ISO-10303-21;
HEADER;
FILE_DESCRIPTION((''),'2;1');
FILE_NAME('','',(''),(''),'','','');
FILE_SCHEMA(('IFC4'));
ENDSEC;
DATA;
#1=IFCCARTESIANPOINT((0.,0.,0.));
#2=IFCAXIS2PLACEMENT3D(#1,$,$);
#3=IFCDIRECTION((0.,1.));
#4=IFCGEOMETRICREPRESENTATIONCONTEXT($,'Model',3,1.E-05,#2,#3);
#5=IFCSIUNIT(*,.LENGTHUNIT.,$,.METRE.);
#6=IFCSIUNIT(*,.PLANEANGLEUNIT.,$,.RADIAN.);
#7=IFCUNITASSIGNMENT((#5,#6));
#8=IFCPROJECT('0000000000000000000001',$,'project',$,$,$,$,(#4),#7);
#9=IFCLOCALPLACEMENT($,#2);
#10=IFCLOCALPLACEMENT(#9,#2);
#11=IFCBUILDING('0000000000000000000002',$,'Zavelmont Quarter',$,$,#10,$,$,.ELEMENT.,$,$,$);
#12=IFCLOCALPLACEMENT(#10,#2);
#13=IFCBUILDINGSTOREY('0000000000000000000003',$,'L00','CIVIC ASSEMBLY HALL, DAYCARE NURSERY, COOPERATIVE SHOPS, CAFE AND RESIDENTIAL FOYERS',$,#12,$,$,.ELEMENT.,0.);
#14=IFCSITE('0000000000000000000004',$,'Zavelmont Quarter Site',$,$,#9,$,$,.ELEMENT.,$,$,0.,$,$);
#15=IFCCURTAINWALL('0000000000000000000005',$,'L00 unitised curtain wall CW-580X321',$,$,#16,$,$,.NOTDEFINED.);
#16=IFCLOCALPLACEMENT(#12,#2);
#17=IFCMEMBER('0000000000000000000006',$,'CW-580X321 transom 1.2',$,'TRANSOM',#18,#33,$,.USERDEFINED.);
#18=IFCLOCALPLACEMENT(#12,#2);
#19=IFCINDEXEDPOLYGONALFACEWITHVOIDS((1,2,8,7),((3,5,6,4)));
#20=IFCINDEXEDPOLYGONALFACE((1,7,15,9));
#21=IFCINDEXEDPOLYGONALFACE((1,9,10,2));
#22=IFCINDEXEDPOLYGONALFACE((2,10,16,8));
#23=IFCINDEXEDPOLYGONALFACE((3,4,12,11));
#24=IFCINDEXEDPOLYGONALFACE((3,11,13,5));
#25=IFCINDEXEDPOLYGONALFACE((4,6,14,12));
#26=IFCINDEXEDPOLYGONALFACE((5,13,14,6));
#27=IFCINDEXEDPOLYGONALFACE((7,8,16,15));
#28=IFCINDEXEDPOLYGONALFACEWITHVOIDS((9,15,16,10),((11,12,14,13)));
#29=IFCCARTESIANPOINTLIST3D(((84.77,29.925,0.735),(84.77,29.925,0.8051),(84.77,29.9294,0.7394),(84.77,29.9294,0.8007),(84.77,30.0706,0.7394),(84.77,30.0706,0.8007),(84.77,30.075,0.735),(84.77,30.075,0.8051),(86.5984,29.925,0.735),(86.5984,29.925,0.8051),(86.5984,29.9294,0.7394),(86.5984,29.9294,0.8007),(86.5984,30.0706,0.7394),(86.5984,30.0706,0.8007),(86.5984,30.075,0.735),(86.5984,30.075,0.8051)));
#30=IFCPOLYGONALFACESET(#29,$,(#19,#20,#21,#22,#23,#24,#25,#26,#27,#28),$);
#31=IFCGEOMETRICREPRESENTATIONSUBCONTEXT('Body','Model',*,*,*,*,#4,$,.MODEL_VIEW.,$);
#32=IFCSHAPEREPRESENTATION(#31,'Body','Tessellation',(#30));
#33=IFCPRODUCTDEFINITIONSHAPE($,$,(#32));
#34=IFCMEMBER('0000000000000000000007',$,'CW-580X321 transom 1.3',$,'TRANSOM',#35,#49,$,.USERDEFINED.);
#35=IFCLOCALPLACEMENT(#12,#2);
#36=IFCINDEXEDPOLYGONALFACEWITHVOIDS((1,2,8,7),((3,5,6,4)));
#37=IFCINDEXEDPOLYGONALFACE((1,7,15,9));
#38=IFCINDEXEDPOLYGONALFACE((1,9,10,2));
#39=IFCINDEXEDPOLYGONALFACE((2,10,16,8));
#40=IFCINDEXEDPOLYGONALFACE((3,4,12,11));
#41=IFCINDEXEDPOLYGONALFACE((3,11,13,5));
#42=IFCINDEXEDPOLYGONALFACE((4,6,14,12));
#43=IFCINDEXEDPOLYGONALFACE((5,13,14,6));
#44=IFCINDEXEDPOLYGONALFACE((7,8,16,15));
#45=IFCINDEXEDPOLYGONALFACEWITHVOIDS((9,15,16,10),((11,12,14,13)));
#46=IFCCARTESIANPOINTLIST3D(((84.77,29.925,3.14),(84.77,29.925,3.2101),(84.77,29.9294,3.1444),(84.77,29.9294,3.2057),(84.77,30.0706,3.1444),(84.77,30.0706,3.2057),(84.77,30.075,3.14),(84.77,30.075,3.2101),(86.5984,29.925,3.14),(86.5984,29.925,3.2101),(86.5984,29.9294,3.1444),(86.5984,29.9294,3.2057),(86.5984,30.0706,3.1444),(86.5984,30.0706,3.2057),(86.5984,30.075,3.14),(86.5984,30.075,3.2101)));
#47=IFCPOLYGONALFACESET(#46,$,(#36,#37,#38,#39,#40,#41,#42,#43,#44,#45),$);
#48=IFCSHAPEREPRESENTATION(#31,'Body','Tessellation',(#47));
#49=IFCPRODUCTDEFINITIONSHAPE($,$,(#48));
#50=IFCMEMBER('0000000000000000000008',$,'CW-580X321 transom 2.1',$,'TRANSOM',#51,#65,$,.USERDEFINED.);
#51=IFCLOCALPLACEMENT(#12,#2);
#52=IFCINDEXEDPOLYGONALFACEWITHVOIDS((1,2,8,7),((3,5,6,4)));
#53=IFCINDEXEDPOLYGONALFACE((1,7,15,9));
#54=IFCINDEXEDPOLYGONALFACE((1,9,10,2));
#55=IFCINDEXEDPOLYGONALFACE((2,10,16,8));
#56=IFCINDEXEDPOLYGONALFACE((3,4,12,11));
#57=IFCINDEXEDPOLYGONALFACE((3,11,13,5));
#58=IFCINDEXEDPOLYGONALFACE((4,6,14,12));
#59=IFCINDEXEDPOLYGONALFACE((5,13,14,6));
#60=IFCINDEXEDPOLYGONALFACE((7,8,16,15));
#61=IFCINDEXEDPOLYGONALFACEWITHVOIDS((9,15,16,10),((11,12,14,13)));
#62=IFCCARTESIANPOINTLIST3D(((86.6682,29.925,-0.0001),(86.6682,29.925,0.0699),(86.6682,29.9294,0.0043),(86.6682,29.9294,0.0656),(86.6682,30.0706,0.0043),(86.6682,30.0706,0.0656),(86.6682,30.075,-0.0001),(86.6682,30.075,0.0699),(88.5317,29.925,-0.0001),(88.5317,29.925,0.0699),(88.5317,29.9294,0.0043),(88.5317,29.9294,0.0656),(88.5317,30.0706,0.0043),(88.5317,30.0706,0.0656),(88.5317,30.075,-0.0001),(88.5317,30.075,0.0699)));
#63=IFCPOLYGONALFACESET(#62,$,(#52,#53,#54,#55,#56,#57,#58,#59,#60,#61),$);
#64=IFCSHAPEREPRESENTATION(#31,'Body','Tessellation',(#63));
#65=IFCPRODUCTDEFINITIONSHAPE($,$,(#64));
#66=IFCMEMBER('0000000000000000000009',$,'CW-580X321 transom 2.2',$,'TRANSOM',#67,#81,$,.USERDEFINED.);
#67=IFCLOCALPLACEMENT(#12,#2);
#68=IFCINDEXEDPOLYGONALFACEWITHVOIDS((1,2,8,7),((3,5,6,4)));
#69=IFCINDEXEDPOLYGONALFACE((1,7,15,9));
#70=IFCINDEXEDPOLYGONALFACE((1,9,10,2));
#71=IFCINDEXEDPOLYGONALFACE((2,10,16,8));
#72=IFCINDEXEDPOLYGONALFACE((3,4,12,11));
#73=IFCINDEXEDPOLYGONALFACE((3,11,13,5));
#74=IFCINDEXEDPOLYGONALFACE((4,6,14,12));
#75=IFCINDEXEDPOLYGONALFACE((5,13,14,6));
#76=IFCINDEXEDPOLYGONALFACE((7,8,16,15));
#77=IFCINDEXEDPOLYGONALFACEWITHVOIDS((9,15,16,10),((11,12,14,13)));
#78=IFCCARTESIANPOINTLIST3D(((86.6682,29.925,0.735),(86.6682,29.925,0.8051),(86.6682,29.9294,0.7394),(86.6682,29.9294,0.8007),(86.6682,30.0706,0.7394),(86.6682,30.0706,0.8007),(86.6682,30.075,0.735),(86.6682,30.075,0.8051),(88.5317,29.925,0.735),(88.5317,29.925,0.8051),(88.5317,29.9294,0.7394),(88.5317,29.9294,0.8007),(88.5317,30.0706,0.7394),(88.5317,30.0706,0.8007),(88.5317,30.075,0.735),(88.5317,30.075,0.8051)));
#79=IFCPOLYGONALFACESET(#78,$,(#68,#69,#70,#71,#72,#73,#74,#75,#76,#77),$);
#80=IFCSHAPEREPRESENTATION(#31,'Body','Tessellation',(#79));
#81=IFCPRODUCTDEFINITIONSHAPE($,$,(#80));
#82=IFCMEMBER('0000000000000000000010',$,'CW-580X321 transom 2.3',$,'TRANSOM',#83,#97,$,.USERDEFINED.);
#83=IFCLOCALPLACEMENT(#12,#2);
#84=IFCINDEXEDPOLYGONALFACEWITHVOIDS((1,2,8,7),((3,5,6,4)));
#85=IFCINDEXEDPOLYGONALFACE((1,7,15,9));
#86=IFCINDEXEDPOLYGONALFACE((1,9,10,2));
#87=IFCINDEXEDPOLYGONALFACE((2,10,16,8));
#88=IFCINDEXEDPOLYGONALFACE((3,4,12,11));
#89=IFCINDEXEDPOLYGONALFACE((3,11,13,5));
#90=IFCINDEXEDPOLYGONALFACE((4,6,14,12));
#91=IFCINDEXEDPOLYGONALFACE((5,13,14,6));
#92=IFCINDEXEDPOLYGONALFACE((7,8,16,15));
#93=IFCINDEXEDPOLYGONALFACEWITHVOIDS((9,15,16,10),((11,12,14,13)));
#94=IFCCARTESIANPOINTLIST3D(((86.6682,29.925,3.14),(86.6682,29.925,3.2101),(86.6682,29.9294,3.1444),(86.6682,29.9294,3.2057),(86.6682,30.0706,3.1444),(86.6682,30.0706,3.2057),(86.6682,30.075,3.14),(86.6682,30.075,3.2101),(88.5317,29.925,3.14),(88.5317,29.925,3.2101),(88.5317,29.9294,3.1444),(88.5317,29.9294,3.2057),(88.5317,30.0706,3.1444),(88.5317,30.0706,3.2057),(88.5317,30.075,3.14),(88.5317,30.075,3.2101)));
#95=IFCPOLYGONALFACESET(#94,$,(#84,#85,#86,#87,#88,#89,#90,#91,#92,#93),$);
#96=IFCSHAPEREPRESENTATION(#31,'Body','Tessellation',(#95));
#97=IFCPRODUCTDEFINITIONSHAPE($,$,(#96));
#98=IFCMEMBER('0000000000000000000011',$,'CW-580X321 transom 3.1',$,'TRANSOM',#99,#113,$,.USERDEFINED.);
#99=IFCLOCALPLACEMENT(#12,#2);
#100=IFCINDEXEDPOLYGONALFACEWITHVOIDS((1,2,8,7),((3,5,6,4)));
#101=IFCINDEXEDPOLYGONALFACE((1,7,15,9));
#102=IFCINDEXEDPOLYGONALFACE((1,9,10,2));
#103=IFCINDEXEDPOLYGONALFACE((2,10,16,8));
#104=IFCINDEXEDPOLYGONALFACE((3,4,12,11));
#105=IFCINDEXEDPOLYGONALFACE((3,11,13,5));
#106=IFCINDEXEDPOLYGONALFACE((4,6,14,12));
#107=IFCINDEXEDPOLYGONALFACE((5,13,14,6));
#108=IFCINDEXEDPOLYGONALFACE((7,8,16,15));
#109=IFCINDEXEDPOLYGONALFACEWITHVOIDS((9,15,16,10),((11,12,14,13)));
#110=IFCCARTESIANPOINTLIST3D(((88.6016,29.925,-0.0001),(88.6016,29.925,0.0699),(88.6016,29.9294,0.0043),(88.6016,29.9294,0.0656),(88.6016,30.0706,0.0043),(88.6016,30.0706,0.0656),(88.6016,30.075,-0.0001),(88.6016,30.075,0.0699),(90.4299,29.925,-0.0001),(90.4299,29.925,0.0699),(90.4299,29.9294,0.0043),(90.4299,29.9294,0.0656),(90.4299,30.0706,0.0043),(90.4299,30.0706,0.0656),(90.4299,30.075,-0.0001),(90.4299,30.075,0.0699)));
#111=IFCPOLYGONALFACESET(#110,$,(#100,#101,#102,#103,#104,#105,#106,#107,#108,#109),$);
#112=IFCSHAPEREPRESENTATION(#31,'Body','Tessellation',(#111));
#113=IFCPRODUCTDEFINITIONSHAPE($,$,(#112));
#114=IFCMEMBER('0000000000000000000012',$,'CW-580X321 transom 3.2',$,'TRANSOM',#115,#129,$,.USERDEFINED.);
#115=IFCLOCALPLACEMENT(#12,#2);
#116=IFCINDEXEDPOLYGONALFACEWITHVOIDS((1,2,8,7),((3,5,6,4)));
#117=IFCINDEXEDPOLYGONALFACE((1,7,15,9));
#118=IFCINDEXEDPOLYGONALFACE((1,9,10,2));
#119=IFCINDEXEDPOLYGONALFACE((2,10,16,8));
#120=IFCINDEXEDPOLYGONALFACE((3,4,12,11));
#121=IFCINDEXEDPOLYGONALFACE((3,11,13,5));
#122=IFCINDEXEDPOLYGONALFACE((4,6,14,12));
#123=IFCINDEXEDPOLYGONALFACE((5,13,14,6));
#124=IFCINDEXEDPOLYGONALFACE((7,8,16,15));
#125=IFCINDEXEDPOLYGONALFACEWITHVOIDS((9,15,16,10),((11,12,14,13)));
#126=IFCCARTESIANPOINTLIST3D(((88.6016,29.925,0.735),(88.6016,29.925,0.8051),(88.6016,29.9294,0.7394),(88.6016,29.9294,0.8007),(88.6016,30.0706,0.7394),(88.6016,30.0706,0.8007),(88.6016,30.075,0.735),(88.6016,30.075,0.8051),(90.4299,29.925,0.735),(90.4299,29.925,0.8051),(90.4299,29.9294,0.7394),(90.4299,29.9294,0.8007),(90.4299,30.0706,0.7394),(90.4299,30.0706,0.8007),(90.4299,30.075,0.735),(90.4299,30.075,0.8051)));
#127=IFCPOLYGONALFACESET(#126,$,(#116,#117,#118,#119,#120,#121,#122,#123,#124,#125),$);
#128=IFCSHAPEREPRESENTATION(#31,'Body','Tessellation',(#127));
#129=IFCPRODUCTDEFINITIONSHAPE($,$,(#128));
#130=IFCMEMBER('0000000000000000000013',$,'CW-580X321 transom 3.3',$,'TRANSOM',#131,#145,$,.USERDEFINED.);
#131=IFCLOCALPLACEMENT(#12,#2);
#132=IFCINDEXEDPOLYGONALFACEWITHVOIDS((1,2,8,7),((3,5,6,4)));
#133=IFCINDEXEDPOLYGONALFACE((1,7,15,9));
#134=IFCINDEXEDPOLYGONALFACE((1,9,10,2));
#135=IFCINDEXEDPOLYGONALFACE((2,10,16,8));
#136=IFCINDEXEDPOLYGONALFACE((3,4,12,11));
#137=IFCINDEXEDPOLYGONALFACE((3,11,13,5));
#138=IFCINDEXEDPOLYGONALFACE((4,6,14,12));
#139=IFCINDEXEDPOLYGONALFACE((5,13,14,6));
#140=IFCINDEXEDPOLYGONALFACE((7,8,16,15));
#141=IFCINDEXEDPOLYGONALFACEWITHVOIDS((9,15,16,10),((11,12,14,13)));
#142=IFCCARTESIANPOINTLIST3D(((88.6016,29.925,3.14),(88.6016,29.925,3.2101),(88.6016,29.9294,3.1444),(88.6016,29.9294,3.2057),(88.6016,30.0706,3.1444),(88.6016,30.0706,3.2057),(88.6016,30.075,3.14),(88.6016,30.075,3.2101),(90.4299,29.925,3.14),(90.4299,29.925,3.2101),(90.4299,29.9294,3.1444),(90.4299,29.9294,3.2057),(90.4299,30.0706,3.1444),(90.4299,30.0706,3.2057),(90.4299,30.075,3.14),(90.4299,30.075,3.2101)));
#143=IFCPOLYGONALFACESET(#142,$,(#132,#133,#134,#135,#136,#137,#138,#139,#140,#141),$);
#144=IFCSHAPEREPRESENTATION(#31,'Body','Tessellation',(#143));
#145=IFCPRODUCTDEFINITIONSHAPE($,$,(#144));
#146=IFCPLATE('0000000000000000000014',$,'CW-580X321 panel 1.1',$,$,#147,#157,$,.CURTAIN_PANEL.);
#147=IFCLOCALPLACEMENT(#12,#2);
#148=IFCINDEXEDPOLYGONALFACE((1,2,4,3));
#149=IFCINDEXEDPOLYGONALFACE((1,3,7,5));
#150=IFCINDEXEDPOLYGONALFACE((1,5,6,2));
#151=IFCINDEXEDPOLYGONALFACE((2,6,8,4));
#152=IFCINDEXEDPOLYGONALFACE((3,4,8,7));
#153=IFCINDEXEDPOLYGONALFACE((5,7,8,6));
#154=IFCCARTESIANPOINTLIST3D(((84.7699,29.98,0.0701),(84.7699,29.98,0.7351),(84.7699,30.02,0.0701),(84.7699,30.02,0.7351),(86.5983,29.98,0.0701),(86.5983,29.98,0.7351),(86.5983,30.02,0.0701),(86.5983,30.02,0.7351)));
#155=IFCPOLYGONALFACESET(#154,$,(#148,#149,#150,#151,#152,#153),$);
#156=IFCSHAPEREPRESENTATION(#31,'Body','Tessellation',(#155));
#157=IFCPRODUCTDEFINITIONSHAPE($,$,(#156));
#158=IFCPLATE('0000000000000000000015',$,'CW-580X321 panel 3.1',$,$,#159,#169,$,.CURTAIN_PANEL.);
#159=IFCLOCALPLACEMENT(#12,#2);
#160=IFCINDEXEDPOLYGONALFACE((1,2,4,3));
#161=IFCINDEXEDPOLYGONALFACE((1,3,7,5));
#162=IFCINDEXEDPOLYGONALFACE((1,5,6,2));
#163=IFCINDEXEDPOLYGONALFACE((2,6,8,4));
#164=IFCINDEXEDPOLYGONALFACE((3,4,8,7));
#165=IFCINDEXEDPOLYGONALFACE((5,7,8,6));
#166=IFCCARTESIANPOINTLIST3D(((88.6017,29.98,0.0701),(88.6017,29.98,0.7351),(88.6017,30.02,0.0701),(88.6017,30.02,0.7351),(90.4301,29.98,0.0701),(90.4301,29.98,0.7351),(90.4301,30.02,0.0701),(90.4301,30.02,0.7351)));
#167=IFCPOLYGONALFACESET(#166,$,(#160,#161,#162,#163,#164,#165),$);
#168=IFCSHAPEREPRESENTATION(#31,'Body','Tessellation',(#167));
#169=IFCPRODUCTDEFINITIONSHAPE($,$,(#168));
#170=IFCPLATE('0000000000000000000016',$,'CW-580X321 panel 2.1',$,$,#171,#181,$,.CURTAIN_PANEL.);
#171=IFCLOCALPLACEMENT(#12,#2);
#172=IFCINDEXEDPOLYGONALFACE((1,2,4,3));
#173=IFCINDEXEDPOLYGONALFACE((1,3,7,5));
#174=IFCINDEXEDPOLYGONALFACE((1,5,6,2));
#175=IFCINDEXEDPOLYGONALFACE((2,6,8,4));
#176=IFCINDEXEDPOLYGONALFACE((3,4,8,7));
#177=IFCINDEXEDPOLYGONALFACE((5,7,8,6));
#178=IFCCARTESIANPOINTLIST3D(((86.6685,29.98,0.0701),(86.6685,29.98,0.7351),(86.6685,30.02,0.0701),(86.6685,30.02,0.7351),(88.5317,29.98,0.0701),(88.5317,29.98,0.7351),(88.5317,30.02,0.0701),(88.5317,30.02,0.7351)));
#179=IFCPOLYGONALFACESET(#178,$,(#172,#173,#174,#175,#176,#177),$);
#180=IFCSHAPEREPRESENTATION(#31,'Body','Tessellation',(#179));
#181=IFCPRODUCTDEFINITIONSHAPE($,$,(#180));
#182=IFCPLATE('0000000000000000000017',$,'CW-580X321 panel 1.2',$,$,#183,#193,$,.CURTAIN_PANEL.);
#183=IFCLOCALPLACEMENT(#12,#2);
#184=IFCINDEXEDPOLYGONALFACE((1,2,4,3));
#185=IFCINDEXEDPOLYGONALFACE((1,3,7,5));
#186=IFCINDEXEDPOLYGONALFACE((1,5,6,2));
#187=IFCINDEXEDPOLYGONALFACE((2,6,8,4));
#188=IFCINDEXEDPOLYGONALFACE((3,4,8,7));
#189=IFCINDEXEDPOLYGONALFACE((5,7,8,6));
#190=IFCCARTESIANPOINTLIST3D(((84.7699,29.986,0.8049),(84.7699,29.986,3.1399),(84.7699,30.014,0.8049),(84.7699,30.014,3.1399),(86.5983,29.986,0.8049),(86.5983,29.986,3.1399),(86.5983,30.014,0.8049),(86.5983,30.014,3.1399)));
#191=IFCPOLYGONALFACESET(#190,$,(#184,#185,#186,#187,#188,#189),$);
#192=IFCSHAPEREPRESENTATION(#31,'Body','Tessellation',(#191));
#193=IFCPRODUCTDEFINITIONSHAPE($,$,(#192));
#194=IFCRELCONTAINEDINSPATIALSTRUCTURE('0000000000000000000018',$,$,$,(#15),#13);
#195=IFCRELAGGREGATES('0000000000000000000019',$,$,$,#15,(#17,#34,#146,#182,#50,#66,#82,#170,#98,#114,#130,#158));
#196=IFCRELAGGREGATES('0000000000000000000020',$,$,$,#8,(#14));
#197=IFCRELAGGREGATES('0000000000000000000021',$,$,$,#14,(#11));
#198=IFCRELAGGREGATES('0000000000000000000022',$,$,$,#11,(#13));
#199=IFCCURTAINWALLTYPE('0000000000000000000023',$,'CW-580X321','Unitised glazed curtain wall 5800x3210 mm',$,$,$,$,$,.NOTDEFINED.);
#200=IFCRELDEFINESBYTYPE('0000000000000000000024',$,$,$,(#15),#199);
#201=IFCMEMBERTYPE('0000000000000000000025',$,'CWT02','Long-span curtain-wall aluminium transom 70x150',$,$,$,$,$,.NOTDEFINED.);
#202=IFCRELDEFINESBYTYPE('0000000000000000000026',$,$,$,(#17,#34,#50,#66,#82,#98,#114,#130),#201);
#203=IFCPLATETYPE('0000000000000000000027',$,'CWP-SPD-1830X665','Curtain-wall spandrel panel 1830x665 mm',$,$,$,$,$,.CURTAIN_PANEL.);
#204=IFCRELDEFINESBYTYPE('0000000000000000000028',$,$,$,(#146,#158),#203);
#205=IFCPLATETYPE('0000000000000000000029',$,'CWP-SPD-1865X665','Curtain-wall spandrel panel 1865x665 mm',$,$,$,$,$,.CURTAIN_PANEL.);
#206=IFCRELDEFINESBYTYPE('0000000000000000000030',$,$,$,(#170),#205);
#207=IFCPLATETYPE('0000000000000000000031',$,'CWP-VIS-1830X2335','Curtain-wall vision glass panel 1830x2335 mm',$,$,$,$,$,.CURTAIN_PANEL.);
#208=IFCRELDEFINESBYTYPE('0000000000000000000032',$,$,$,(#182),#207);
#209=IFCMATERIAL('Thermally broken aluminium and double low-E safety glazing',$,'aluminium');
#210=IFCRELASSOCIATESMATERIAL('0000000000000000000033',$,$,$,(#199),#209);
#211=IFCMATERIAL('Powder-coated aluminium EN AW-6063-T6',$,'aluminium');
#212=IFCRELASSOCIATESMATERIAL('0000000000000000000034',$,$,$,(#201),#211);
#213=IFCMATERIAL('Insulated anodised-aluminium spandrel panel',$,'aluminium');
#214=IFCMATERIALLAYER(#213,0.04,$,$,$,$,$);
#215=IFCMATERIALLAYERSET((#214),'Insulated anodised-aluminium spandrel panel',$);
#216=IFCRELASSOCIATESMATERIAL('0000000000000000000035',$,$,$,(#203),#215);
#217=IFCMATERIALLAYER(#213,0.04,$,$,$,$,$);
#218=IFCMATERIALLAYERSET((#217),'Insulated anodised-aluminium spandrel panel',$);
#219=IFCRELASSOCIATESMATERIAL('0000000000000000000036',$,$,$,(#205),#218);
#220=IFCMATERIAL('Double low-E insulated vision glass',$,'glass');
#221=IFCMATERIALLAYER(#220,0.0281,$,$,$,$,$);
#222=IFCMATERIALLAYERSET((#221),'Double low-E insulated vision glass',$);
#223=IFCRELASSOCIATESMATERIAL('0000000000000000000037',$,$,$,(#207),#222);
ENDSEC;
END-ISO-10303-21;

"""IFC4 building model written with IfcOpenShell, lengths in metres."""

from ifc_helpers import new_model, si_unit, direction, frame, origin, origin_2d, place, context, subcontext, project, spatial, rectangle, hollow_rectangle, extrude, material, layer, layer_set, material_profile, profile_set, type_object, element, aggregate, save


model = new_model("IFC4")

# Units and contexts
model_context = context("Model", 3, precision=1e-05, world=origin(), true_north=direction((0.0, 1.0)))
body_context = subcontext(model_context, "Body", "Model", "MODEL_VIEW")
ifc_project = project(units=[si_unit("LENGTHUNIT", "METRE"), si_unit("PLANEANGLEUNIT", "RADIAN")], contexts=[model_context])

# Site, building, storey
site_placement = place(None, origin())
site = spatial("IfcSite", under=ifc_project, at=site_placement, Name="Zavelmont Quarter Site", CompositionType="ELEMENT", RefElevation=0.0)
building_placement = place(site_placement, origin())
building = spatial("IfcBuilding", under=site, at=building_placement, Name="Zavelmont Quarter", CompositionType="ELEMENT")
storey_placement = place(building_placement, origin())
storey = spatial("IfcBuildingStorey", under=building, at=storey_placement, Name="L00", Description="CIVIC ASSEMBLY HALL, DAYCARE NURSERY, COOPERATIVE SHOPS, CAFE AND RESIDENTIAL FOYERS", CompositionType="ELEMENT", Elevation=0.0)

# Curtain wall, members, plates
ifc_material_1 = material(Name="Thermally broken aluminium and double low-E safety glazing", Category="aluminium")
curtain_wall_type = type_object("IfcCurtainWallType", Name="CW-580X321", Description="Unitised glazed curtain wall 5800x3210 mm", PredefinedType="NOTDEFINED", material=ifc_material_1)
curtain_wall_placement = place(storey_placement, origin())
curtain_wall = element("IfcCurtainWall", 1, at=curtain_wall_placement, inside=storey, type_object=curtain_wall_type, Name="L00 unitised curtain wall CW-580X321", PredefinedType="NOTDEFINED")
ifc_material_2 = material(Name="Powder-coated aluminium EN AW-6063-T6", Category="aluminium")
ifc_material_profile_1 = material_profile(ifc_material_2, hollow_rectangle(XDim=0.1499, YDim=0.0701, WallThickness=0.0044, at=origin_2d()), Name="CWT70X150")
ifc_profile_set_1 = profile_set([ifc_material_profile_1], Name="Powder-coated aluminium EN AW-6063-T6")
member_type_1 = type_object("IfcMemberType", Name="CWT02", Description="Long-span curtain-wall aluminium transom 70x150", PredefinedType="NOTDEFINED", material=ifc_profile_set_1)
member_1_placement = place(storey_placement, frame((84.77, 30.0, 0.77), z_axis=(1.0, 0.0, 0.0), x_axis=(0.0, 1.0, 0.0)))
member_1 = element("IfcMember", 2, at=member_1_placement, type_object=member_type_1, Name="CW-580X321 transom 1.2", ObjectType="TRANSOM", PredefinedType="USERDEFINED", context=body_context, shape_type="SweptSolid", body=[
    extrude(hollow_rectangle(XDim=0.1499, YDim=0.0701, WallThickness=0.0044, at=origin_2d()), origin(), (0.0, 0.0, 1.0), 1.8284),
])
member_2_placement = place(storey_placement, frame((84.77, 30.0, 3.175), z_axis=(1.0, 0.0, 0.0), x_axis=(0.0, 1.0, 0.0)))
member_2 = element("IfcMember", 3, at=member_2_placement, type_object=member_type_1, Name="CW-580X321 transom 1.3", ObjectType="TRANSOM", PredefinedType="USERDEFINED", context=body_context, shape_type="SweptSolid", body=[
    extrude(hollow_rectangle(XDim=0.1499, YDim=0.0701, WallThickness=0.0044, at=origin_2d()), origin(), (0.0, 0.0, 1.0), 1.8284),
])
member_3_placement = place(storey_placement, frame((86.6682, 30.0, 0.0349), z_axis=(1.0, 0.0, 0.0), x_axis=(0.0, 1.0, 0.0)))
member_3 = element("IfcMember", 4, at=member_3_placement, type_object=member_type_1, Name="CW-580X321 transom 2.1", ObjectType="TRANSOM", PredefinedType="USERDEFINED", context=body_context, shape_type="SweptSolid", body=[
    extrude(hollow_rectangle(XDim=0.1499, YDim=0.0701, WallThickness=0.0044, at=origin_2d()), origin(), (0.0, 0.0, 1.0), 1.8635),
])
member_4_placement = place(storey_placement, frame((86.6682, 30.0, 0.77), z_axis=(1.0, 0.0, 0.0), x_axis=(0.0, 1.0, 0.0)))
member_4 = element("IfcMember", 5, at=member_4_placement, type_object=member_type_1, Name="CW-580X321 transom 2.2", ObjectType="TRANSOM", PredefinedType="USERDEFINED", context=body_context, shape_type="SweptSolid", body=[
    extrude(hollow_rectangle(XDim=0.1499, YDim=0.0701, WallThickness=0.0044, at=origin_2d()), origin(), (0.0, 0.0, 1.0), 1.8635),
])
member_5_placement = place(storey_placement, frame((86.6682, 30.0, 3.175), z_axis=(1.0, 0.0, 0.0), x_axis=(0.0, 1.0, 0.0)))
member_5 = element("IfcMember", 6, at=member_5_placement, type_object=member_type_1, Name="CW-580X321 transom 2.3", ObjectType="TRANSOM", PredefinedType="USERDEFINED", context=body_context, shape_type="SweptSolid", body=[
    extrude(hollow_rectangle(XDim=0.1499, YDim=0.0701, WallThickness=0.0044, at=origin_2d()), origin(), (0.0, 0.0, 1.0), 1.8635),
])
member_6_placement = place(storey_placement, frame((88.6016, 30.0, 0.0349), z_axis=(1.0, 0.0, 0.0), x_axis=(0.0, 1.0, 0.0)))
member_6 = element("IfcMember", 7, at=member_6_placement, type_object=member_type_1, Name="CW-580X321 transom 3.1", ObjectType="TRANSOM", PredefinedType="USERDEFINED", context=body_context, shape_type="SweptSolid", body=[
    extrude(hollow_rectangle(XDim=0.1499, YDim=0.0701, WallThickness=0.0044, at=origin_2d()), origin(), (0.0, 0.0, 1.0), 1.8284),
])
member_7_placement = place(storey_placement, frame((88.6016, 30.0, 0.77), z_axis=(1.0, 0.0, 0.0), x_axis=(0.0, 1.0, 0.0)))
member_7 = element("IfcMember", 8, at=member_7_placement, type_object=member_type_1, Name="CW-580X321 transom 3.2", ObjectType="TRANSOM", PredefinedType="USERDEFINED", context=body_context, shape_type="SweptSolid", body=[
    extrude(hollow_rectangle(XDim=0.1499, YDim=0.0701, WallThickness=0.0044, at=origin_2d()), origin(), (0.0, 0.0, 1.0), 1.8284),
])
member_8_placement = place(storey_placement, frame((88.6016, 30.0, 3.175), z_axis=(1.0, 0.0, 0.0), x_axis=(0.0, 1.0, 0.0)))
member_8 = element("IfcMember", 9, at=member_8_placement, type_object=member_type_1, Name="CW-580X321 transom 3.3", ObjectType="TRANSOM", PredefinedType="USERDEFINED", context=body_context, shape_type="SweptSolid", body=[
    extrude(hollow_rectangle(XDim=0.1499, YDim=0.0701, WallThickness=0.0044, at=origin_2d()), origin(), (0.0, 0.0, 1.0), 1.8284),
])
ifc_material_3 = material(Name="Insulated anodised-aluminium spandrel panel", Category="aluminium")
ifc_layer_1 = layer(ifc_material_3, 0.04)
ifc_layer_set_1 = layer_set([ifc_layer_1], Name="Insulated anodised-aluminium spandrel panel")
plate_type_1 = type_object("IfcPlateType", Name="CWP-SPD-1830X665", Description="Curtain-wall spandrel panel 1830x665 mm", PredefinedType="CURTAIN_PANEL", material=ifc_layer_set_1)
plate_1_placement = place(storey_placement, frame((85.6841, 30.0, 0.0701), z_axis=(0.0, 0.0, 1.0), x_axis=(1.0, 0.0, 0.0)))
plate_1 = element("IfcPlate", 10, at=plate_1_placement, type_object=plate_type_1, Name="CW-580X321 panel 1.1", PredefinedType="CURTAIN_PANEL", context=body_context, shape_type="SweptSolid", body=[
    extrude(rectangle(XDim=1.8284, YDim=0.04, at=origin_2d()), origin(), (0.0, 0.0, 1.0), 0.665),
])
plate_2_placement = place(storey_placement, frame((89.5159, 30.0, 0.0701), z_axis=(0.0, 0.0, 1.0), x_axis=(1.0, 0.0, 0.0)))
plate_2 = element("IfcPlate", 11, at=plate_2_placement, type_object=plate_type_1, Name="CW-580X321 panel 3.1", PredefinedType="CURTAIN_PANEL", context=body_context, shape_type="SweptSolid", body=[
    extrude(rectangle(XDim=1.8284, YDim=0.04, at=origin_2d()), origin(), (0.0, 0.0, 1.0), 0.665),
])
ifc_layer_2 = layer(ifc_material_3, 0.04)
ifc_layer_set_2 = layer_set([ifc_layer_2], Name="Insulated anodised-aluminium spandrel panel")
plate_type_2 = type_object("IfcPlateType", Name="CWP-SPD-1865X665", Description="Curtain-wall spandrel panel 1865x665 mm", PredefinedType="CURTAIN_PANEL", material=ifc_layer_set_2)
plate_3_placement = place(storey_placement, frame((87.6001, 30.0, 0.0701), z_axis=(0.0, 0.0, 1.0), x_axis=(1.0, 0.0, 0.0)))
plate_3 = element("IfcPlate", 12, at=plate_3_placement, type_object=plate_type_2, Name="CW-580X321 panel 2.1", PredefinedType="CURTAIN_PANEL", context=body_context, shape_type="SweptSolid", body=[
    extrude(rectangle(XDim=1.8633, YDim=0.04, at=origin_2d()), origin(), (0.0, 0.0, 1.0), 0.665),
])
ifc_material_4 = material(Name="Double low-E insulated vision glass", Category="glass")
ifc_layer_3 = layer(ifc_material_4, 0.0281)
ifc_layer_set_3 = layer_set([ifc_layer_3], Name="Double low-E insulated vision glass")
plate_type_3 = type_object("IfcPlateType", Name="CWP-VIS-1830X2335", Description="Curtain-wall vision glass panel 1830x2335 mm", PredefinedType="CURTAIN_PANEL", material=ifc_layer_set_3)
plate_4_placement = place(storey_placement, frame((85.6841, 30.0, 0.8049), z_axis=(0.0, 0.0, 1.0), x_axis=(1.0, 0.0, 0.0)))
plate_4 = element("IfcPlate", 13, at=plate_4_placement, type_object=plate_type_3, Name="CW-580X321 panel 1.2", PredefinedType="CURTAIN_PANEL", context=body_context, shape_type="SweptSolid", body=[
    extrude(rectangle(XDim=1.8284, YDim=0.0281, at=origin_2d()), origin(), (0.0, 0.0, 1.0), 2.335),
])
aggregate(curtain_wall, [member_1, member_2, plate_1, plate_4, member_3, member_4, member_5, plate_3, member_6, member_7, member_8, plate_2])

save(model, "model.ifc")
